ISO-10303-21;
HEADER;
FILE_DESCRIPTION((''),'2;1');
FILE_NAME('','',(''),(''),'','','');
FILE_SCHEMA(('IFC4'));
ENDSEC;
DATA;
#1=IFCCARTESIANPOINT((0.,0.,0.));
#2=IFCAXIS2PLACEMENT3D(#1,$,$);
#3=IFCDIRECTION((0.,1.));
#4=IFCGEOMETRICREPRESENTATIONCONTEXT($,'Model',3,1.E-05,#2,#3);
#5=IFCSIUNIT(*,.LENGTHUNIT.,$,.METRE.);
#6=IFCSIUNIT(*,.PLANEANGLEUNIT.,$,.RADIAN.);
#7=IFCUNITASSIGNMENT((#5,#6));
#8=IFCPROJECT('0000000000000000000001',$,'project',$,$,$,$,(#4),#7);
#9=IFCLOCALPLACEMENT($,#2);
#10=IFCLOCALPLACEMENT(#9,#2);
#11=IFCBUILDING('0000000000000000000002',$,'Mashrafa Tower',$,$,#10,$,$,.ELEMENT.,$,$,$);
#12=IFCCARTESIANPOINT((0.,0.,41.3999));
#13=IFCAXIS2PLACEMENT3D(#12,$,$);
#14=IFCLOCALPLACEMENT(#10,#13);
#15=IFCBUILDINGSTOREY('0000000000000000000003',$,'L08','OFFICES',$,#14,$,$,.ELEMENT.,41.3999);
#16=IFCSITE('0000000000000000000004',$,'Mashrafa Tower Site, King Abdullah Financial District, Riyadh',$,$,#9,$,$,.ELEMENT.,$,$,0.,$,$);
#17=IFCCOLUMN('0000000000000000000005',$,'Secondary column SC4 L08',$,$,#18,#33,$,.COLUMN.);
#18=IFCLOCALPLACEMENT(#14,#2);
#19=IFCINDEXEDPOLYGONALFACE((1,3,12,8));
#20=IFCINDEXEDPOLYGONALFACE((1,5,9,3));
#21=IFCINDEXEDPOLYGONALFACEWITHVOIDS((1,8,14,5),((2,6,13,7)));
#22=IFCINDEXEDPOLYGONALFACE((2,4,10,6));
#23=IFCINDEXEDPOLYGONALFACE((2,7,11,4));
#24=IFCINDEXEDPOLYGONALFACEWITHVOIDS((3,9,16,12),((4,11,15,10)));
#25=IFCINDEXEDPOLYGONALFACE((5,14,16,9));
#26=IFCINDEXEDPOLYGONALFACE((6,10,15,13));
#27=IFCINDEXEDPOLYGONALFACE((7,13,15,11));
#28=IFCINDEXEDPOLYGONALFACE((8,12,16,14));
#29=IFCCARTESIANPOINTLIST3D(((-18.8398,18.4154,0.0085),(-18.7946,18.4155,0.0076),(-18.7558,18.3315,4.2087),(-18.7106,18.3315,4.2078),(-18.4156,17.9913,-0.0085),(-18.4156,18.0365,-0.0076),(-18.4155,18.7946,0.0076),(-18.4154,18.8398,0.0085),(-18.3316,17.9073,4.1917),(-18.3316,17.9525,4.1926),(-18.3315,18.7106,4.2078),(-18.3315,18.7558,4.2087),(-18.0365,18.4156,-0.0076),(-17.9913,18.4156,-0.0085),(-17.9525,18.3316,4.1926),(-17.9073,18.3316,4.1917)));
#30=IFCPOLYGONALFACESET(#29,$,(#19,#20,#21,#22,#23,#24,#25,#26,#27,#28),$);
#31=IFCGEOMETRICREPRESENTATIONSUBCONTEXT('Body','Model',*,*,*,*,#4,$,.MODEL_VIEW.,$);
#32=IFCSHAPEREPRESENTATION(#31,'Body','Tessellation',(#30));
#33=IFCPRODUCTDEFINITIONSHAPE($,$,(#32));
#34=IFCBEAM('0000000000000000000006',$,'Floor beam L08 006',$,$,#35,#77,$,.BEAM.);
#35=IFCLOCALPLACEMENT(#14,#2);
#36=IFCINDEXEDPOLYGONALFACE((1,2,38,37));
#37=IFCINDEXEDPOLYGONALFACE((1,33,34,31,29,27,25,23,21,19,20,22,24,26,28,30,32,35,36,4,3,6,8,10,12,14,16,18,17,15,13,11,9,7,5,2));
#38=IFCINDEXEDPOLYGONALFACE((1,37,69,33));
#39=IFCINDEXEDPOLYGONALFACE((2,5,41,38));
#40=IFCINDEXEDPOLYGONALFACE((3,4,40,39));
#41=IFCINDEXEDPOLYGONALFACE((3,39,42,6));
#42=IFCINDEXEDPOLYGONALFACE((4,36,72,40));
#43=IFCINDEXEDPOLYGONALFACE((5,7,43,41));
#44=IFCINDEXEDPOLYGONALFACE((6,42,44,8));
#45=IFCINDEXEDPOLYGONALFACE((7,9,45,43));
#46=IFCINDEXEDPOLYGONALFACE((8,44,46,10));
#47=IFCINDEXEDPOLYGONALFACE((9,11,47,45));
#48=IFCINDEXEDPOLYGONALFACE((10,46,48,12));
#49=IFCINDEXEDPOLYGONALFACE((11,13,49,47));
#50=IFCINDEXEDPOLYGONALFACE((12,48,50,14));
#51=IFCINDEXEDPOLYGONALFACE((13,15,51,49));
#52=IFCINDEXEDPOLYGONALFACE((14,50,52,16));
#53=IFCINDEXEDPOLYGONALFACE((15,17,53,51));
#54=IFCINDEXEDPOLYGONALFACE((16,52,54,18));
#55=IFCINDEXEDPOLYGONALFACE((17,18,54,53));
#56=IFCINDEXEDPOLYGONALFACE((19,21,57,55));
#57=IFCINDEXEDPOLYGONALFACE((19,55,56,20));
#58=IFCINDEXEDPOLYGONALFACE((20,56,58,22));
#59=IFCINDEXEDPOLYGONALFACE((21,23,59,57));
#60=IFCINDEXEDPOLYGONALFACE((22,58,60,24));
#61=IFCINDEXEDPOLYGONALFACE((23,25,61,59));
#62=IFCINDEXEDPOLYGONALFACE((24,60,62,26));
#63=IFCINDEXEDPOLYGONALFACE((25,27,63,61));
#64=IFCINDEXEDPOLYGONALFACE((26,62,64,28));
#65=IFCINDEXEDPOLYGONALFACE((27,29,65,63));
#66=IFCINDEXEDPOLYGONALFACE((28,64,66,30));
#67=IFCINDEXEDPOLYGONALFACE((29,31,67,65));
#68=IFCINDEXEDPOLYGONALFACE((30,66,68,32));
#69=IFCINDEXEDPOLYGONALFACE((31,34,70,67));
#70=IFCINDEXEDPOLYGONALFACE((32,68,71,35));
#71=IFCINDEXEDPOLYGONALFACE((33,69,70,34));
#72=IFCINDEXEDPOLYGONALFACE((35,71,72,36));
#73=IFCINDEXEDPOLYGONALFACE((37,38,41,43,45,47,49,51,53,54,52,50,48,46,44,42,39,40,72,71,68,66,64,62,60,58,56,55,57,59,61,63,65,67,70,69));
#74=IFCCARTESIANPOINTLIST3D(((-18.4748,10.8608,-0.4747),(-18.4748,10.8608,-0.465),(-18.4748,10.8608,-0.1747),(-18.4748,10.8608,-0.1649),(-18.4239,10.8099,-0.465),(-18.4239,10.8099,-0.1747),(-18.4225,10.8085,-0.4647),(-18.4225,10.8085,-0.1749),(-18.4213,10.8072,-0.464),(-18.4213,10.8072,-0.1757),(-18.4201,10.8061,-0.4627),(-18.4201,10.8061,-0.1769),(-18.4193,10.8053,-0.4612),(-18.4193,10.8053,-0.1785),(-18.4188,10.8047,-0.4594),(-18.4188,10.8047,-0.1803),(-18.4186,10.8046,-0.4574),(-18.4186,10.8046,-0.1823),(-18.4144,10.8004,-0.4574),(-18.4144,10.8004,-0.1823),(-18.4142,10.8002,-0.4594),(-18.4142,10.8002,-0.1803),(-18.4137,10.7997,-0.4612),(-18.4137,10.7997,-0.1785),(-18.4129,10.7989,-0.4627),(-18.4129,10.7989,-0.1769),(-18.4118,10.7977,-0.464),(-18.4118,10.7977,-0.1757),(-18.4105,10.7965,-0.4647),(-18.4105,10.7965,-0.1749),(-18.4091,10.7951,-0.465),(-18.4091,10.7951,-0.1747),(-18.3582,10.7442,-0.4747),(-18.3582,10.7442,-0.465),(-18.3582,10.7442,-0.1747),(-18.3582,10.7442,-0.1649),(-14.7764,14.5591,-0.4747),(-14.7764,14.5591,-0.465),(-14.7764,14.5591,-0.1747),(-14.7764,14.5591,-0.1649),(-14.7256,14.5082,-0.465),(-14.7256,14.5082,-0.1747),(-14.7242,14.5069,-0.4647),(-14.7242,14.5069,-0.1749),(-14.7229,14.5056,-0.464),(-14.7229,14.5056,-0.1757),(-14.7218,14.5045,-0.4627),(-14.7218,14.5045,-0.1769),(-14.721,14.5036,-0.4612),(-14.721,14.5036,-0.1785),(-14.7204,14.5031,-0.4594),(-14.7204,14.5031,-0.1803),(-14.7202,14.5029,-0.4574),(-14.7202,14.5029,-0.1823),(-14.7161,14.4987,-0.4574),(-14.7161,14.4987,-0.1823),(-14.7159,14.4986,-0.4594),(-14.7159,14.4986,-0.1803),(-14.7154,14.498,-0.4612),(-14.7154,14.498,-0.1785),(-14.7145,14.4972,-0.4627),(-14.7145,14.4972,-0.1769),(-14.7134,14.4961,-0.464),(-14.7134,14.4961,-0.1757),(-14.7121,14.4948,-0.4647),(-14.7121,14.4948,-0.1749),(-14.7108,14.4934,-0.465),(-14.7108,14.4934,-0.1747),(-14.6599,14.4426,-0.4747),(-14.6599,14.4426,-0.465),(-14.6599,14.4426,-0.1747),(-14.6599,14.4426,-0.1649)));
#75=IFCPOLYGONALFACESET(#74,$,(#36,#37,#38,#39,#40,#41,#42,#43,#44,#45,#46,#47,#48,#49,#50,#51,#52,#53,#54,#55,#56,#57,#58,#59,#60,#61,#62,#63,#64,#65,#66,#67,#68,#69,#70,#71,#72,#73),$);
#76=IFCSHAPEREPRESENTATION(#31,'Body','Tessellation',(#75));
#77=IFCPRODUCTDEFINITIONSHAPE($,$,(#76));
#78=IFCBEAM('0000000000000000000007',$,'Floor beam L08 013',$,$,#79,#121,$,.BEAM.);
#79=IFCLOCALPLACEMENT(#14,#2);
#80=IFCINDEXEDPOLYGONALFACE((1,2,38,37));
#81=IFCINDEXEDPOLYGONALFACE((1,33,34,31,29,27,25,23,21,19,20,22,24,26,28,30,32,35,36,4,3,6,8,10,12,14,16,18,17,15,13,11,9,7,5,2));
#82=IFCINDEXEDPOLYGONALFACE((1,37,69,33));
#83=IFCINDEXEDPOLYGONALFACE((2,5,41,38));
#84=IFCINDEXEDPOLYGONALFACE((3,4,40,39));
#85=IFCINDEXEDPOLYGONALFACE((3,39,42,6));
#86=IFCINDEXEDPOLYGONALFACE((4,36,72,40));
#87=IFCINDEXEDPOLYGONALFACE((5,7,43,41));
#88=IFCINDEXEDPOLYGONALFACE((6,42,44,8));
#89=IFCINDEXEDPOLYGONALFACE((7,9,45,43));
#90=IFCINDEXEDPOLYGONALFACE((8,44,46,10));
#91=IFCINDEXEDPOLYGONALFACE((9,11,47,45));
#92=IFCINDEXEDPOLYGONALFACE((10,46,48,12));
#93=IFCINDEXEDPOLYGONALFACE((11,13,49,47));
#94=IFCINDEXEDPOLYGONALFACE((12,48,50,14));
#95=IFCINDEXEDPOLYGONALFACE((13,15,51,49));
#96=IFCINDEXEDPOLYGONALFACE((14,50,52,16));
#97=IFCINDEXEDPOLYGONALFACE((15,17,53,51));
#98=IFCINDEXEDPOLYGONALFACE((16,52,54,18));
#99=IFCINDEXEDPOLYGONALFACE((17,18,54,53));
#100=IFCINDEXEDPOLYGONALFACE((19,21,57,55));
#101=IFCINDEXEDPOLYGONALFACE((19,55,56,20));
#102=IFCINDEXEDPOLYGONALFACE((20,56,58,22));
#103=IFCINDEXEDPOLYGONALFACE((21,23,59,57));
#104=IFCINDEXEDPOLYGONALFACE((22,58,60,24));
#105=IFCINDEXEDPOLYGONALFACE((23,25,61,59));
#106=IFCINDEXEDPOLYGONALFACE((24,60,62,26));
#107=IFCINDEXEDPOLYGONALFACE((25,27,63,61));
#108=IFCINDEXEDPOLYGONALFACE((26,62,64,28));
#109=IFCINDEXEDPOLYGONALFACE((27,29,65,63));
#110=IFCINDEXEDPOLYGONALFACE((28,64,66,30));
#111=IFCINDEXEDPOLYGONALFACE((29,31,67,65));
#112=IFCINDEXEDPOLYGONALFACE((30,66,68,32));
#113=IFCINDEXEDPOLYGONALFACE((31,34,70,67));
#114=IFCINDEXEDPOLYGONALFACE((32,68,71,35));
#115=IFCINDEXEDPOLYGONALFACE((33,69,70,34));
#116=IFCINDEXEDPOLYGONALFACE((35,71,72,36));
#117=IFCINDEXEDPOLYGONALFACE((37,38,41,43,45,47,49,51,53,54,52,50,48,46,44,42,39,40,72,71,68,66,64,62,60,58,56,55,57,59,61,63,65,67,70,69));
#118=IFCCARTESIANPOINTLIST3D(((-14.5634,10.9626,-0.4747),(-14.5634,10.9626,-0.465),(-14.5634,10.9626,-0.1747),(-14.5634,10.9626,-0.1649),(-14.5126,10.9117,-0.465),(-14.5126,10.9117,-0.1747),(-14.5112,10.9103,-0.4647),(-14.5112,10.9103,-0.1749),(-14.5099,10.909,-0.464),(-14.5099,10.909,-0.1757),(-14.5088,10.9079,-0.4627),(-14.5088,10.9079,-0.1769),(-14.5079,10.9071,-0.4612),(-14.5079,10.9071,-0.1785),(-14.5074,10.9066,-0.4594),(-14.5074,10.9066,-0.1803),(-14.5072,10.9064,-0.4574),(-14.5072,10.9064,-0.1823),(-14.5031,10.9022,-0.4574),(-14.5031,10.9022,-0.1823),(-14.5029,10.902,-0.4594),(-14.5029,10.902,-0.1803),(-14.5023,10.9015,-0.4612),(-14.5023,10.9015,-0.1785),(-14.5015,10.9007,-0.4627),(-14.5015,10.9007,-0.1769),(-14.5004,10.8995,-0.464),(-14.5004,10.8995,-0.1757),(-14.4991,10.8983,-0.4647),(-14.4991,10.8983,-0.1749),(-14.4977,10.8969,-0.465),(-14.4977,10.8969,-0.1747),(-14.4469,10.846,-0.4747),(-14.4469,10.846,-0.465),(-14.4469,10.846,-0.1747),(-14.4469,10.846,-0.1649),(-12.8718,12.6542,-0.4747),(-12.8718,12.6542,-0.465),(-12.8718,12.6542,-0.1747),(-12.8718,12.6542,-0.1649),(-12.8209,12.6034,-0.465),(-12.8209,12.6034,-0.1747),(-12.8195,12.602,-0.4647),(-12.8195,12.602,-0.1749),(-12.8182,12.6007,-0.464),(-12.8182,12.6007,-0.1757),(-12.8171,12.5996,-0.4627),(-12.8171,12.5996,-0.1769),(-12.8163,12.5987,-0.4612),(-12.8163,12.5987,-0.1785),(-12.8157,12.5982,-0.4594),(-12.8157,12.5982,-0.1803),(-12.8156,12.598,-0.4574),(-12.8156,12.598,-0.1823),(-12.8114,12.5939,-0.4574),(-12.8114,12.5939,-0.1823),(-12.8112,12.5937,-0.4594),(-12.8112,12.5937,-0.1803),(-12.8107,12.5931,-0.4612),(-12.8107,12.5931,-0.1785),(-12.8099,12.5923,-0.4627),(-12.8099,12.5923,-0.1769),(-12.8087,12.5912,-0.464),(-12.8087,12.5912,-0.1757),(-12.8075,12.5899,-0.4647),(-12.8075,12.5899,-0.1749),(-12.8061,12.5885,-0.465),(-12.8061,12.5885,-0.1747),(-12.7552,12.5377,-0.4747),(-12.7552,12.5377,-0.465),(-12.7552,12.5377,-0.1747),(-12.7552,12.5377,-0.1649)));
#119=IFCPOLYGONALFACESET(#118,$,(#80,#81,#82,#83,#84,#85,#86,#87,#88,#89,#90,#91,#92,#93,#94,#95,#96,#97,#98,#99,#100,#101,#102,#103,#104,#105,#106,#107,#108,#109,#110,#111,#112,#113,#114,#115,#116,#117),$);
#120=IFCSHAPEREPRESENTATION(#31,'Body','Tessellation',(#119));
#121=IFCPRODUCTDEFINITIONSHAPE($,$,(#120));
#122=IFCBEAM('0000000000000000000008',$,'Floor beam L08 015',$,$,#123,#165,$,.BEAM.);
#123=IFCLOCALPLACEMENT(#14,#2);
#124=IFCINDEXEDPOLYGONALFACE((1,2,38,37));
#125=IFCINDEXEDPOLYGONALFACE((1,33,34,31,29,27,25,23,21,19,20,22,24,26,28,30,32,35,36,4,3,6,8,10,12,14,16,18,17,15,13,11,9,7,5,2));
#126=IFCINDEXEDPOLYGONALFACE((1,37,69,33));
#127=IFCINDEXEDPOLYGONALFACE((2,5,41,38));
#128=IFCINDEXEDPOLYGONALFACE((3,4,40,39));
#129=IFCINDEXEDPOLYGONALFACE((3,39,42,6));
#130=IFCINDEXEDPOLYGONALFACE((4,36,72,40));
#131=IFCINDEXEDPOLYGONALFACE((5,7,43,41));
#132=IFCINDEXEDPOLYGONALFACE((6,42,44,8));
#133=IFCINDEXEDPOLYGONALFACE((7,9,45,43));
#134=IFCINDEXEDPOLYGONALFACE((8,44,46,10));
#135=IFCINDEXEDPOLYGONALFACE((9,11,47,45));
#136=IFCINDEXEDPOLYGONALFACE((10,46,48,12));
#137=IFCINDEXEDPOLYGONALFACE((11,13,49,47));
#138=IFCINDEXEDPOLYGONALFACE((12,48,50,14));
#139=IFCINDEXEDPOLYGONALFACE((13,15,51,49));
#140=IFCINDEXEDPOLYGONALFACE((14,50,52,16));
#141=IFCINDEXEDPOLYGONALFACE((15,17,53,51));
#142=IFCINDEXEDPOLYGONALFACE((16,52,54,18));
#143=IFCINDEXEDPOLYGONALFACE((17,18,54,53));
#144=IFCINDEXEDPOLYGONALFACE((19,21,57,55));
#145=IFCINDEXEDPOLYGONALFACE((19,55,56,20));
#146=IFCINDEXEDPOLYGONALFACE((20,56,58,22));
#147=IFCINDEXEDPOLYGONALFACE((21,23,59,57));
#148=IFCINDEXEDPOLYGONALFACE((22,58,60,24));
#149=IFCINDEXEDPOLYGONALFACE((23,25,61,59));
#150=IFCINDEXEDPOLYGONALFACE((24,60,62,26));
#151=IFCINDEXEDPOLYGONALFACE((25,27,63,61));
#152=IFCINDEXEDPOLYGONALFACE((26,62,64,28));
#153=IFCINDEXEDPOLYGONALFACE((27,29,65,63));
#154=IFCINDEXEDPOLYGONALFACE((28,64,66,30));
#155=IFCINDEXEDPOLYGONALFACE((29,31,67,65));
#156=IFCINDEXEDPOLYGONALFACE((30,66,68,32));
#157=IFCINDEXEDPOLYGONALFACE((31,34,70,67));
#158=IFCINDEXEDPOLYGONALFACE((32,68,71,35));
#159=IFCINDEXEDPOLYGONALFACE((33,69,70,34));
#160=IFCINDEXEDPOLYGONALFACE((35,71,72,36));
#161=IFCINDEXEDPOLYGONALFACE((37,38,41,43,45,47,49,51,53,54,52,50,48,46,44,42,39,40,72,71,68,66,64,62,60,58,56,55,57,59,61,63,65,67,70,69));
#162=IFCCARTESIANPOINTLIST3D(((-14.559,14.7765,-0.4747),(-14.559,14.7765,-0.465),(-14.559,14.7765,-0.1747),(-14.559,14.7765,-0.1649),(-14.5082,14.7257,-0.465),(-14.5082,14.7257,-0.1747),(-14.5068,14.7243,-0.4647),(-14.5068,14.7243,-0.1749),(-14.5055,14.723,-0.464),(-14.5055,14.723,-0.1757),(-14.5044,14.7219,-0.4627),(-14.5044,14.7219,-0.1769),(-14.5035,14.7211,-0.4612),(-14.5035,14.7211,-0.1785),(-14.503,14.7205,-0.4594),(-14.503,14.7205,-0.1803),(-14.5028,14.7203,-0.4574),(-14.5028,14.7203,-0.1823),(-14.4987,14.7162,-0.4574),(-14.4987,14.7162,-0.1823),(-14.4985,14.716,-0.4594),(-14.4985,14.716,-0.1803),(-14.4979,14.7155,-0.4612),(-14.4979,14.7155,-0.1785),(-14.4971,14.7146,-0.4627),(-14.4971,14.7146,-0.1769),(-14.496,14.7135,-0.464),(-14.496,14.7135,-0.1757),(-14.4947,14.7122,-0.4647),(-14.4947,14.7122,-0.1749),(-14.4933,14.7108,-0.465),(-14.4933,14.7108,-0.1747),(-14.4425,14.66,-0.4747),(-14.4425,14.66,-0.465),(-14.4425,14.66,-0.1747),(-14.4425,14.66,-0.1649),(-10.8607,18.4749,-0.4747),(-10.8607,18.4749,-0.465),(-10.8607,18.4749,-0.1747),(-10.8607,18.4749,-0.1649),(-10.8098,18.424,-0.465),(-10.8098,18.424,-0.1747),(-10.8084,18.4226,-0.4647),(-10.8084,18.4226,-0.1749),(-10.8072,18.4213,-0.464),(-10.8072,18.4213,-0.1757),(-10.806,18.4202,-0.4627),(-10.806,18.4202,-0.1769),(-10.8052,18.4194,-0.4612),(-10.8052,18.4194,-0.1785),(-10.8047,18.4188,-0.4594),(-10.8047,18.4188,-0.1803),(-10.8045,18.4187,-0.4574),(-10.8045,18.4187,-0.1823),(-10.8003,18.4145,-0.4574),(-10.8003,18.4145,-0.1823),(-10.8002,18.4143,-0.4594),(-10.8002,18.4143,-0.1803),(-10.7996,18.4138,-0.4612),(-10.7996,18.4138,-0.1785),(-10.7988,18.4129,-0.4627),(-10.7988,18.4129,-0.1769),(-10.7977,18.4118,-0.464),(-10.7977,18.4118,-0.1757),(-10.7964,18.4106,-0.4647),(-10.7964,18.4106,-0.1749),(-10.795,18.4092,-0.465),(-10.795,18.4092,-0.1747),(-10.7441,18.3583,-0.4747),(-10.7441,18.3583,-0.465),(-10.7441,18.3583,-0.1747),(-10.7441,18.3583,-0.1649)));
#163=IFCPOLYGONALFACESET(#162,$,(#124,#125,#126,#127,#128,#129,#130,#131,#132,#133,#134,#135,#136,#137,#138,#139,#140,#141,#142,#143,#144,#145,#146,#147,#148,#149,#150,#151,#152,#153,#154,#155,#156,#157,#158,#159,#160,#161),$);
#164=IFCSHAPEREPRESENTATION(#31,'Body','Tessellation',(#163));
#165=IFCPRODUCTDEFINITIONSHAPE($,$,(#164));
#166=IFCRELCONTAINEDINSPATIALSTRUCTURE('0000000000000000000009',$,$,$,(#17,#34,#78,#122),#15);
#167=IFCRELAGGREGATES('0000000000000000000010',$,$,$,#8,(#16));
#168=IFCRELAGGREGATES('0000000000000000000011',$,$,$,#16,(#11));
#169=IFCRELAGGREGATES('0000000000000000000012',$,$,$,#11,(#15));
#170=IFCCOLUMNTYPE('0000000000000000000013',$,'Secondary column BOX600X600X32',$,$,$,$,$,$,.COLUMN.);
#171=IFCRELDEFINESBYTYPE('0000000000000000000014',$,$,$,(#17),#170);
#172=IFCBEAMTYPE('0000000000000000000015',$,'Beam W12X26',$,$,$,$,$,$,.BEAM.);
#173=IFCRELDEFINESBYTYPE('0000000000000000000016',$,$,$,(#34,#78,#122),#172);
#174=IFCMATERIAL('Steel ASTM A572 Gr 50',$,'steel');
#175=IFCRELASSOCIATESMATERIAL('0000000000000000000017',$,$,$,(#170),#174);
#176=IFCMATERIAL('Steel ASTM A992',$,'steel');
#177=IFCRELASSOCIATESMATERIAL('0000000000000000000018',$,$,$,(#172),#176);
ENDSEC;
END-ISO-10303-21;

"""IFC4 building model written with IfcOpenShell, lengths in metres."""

from ifc_helpers import new_model, si_unit, direction, frame, origin, origin_2d, place, context, subcontext, project, spatial, hollow_rectangle, i_section, extrude, material, material_profile, profile_set, type_object, element, save


model = new_model("IFC4")

# Units and contexts
model_context = context("Model", 3, precision=1e-05, world=origin(), true_north=direction((0.0, 1.0)))
body_context = subcontext(model_context, "Body", "Model", "MODEL_VIEW")
ifc_project = project(units=[si_unit("LENGTHUNIT", "METRE"), si_unit("PLANEANGLEUNIT", "RADIAN")], contexts=[model_context])

# Site, building, storey
site_placement = place(None, origin())
site = spatial("IfcSite", under=ifc_project, at=site_placement, Name="Mashrafa Tower Site, King Abdullah Financial District, Riyadh", CompositionType="ELEMENT", RefElevation=0.0)
building_placement = place(site_placement, origin())
building = spatial("IfcBuilding", under=site, at=building_placement, Name="Mashrafa Tower", CompositionType="ELEMENT")
storey_placement = place(building_placement, frame((0.0, 0.0, 41.3999)))
storey = spatial("IfcBuildingStorey", under=building, at=storey_placement, Name="L08", Description="OFFICES", CompositionType="ELEMENT", Elevation=41.3999)

# Column
ifc_material_1 = material(Name="Steel ASTM A572 Gr 50", Category="steel")
ifc_material_profile_1 = material_profile(ifc_material_1, hollow_rectangle(XDim=0.6001, YDim=0.6001, WallThickness=0.032, at=origin_2d()), Name="BOX600X600X32")
ifc_profile_set_1 = profile_set([ifc_material_profile_1], Name="Steel ASTM A572 Gr 50")
column_type = type_object("IfcColumnType", Name="Secondary column BOX600X600X32", PredefinedType="COLUMN", material=ifc_profile_set_1)
column_placement = place(storey_placement, frame((-18.4155, 18.4155, 0.0), z_axis=(0.019987, -0.019987, 0.9996), x_axis=(0.707107, 0.707107, 0.0)))
element("IfcColumn", 1, at=column_placement, inside=storey, type_object=column_type, Name="Secondary column SC4 L08", PredefinedType="COLUMN", context=body_context, shape_type="SweptSolid", body=[
    extrude(hollow_rectangle(XDim=0.6001, YDim=0.6001, WallThickness=0.032, at=origin_2d()), origin(), (0.0, 0.0, 1.0), 4.2019),
])

# Beams
ifc_material_2 = material(Name="Steel ASTM A992", Category="steel")
ifc_material_profile_2 = material_profile(ifc_material_2, i_section(OverallWidth=0.1648, OverallDepth=0.3098, WebThickness=0.0059, FlangeThickness=0.0098, FilletRadius=0.0076, at=origin_2d()), Name="W12X26")
ifc_profile_set_2 = profile_set([ifc_material_profile_2], Name="Steel ASTM A992")
beam_type_1 = type_object("IfcBeamType", Name="Beam W12X26", PredefinedType="BEAM", material=ifc_profile_set_2)
beam_1_placement = place(storey_placement, frame((-18.4165, 10.8025, -0.3198), z_axis=(0.707107, 0.707107, 0.0), x_axis=(-0.707107, 0.707107, 0.0)))
element("IfcBeam", 2, at=beam_1_placement, inside=storey, type_object=beam_type_1, Name="Floor beam L08 006", PredefinedType="BEAM", context=body_context, shape_type="SweptSolid", body=[
    extrude(i_section(OverallWidth=0.1648, OverallDepth=0.3098, WebThickness=0.0059, FlangeThickness=0.0098, FilletRadius=0.0076, at=origin_2d()), origin(), (0.0, 0.0, 1.0), 5.2302),
])
beam_2_placement = place(storey_placement, frame((-14.5051, 10.9043, -0.3198), z_axis=(0.707107, 0.707107, 0.0), x_axis=(-0.707107, 0.707107, 0.0)))
element("IfcBeam", 3, at=beam_2_placement, inside=storey, type_object=beam_type_1, Name="Floor beam L08 013", PredefinedType="BEAM", context=body_context, shape_type="SweptSolid", body=[
    extrude(i_section(OverallWidth=0.1648, OverallDepth=0.3098, WebThickness=0.0059, FlangeThickness=0.0098, FilletRadius=0.0076, at=origin_2d()), origin(), (0.0, 0.0, 1.0), 2.3923),
])
beam_3_placement = place(storey_placement, frame((-14.5007, 14.7183, -0.3198), z_axis=(0.707107, 0.707107, 0.0), x_axis=(-0.707107, 0.707107, 0.0)))
element("IfcBeam", 4, at=beam_3_placement, inside=storey, type_object=beam_type_1, Name="Floor beam L08 015", PredefinedType="BEAM", context=body_context, shape_type="SweptSolid", body=[
    extrude(i_section(OverallWidth=0.1648, OverallDepth=0.3098, WebThickness=0.0059, FlangeThickness=0.0098, FilletRadius=0.0076, at=origin_2d()), origin(), (0.0, 0.0, 1.0), 5.2302),
])

save(model, "model.ifc")
